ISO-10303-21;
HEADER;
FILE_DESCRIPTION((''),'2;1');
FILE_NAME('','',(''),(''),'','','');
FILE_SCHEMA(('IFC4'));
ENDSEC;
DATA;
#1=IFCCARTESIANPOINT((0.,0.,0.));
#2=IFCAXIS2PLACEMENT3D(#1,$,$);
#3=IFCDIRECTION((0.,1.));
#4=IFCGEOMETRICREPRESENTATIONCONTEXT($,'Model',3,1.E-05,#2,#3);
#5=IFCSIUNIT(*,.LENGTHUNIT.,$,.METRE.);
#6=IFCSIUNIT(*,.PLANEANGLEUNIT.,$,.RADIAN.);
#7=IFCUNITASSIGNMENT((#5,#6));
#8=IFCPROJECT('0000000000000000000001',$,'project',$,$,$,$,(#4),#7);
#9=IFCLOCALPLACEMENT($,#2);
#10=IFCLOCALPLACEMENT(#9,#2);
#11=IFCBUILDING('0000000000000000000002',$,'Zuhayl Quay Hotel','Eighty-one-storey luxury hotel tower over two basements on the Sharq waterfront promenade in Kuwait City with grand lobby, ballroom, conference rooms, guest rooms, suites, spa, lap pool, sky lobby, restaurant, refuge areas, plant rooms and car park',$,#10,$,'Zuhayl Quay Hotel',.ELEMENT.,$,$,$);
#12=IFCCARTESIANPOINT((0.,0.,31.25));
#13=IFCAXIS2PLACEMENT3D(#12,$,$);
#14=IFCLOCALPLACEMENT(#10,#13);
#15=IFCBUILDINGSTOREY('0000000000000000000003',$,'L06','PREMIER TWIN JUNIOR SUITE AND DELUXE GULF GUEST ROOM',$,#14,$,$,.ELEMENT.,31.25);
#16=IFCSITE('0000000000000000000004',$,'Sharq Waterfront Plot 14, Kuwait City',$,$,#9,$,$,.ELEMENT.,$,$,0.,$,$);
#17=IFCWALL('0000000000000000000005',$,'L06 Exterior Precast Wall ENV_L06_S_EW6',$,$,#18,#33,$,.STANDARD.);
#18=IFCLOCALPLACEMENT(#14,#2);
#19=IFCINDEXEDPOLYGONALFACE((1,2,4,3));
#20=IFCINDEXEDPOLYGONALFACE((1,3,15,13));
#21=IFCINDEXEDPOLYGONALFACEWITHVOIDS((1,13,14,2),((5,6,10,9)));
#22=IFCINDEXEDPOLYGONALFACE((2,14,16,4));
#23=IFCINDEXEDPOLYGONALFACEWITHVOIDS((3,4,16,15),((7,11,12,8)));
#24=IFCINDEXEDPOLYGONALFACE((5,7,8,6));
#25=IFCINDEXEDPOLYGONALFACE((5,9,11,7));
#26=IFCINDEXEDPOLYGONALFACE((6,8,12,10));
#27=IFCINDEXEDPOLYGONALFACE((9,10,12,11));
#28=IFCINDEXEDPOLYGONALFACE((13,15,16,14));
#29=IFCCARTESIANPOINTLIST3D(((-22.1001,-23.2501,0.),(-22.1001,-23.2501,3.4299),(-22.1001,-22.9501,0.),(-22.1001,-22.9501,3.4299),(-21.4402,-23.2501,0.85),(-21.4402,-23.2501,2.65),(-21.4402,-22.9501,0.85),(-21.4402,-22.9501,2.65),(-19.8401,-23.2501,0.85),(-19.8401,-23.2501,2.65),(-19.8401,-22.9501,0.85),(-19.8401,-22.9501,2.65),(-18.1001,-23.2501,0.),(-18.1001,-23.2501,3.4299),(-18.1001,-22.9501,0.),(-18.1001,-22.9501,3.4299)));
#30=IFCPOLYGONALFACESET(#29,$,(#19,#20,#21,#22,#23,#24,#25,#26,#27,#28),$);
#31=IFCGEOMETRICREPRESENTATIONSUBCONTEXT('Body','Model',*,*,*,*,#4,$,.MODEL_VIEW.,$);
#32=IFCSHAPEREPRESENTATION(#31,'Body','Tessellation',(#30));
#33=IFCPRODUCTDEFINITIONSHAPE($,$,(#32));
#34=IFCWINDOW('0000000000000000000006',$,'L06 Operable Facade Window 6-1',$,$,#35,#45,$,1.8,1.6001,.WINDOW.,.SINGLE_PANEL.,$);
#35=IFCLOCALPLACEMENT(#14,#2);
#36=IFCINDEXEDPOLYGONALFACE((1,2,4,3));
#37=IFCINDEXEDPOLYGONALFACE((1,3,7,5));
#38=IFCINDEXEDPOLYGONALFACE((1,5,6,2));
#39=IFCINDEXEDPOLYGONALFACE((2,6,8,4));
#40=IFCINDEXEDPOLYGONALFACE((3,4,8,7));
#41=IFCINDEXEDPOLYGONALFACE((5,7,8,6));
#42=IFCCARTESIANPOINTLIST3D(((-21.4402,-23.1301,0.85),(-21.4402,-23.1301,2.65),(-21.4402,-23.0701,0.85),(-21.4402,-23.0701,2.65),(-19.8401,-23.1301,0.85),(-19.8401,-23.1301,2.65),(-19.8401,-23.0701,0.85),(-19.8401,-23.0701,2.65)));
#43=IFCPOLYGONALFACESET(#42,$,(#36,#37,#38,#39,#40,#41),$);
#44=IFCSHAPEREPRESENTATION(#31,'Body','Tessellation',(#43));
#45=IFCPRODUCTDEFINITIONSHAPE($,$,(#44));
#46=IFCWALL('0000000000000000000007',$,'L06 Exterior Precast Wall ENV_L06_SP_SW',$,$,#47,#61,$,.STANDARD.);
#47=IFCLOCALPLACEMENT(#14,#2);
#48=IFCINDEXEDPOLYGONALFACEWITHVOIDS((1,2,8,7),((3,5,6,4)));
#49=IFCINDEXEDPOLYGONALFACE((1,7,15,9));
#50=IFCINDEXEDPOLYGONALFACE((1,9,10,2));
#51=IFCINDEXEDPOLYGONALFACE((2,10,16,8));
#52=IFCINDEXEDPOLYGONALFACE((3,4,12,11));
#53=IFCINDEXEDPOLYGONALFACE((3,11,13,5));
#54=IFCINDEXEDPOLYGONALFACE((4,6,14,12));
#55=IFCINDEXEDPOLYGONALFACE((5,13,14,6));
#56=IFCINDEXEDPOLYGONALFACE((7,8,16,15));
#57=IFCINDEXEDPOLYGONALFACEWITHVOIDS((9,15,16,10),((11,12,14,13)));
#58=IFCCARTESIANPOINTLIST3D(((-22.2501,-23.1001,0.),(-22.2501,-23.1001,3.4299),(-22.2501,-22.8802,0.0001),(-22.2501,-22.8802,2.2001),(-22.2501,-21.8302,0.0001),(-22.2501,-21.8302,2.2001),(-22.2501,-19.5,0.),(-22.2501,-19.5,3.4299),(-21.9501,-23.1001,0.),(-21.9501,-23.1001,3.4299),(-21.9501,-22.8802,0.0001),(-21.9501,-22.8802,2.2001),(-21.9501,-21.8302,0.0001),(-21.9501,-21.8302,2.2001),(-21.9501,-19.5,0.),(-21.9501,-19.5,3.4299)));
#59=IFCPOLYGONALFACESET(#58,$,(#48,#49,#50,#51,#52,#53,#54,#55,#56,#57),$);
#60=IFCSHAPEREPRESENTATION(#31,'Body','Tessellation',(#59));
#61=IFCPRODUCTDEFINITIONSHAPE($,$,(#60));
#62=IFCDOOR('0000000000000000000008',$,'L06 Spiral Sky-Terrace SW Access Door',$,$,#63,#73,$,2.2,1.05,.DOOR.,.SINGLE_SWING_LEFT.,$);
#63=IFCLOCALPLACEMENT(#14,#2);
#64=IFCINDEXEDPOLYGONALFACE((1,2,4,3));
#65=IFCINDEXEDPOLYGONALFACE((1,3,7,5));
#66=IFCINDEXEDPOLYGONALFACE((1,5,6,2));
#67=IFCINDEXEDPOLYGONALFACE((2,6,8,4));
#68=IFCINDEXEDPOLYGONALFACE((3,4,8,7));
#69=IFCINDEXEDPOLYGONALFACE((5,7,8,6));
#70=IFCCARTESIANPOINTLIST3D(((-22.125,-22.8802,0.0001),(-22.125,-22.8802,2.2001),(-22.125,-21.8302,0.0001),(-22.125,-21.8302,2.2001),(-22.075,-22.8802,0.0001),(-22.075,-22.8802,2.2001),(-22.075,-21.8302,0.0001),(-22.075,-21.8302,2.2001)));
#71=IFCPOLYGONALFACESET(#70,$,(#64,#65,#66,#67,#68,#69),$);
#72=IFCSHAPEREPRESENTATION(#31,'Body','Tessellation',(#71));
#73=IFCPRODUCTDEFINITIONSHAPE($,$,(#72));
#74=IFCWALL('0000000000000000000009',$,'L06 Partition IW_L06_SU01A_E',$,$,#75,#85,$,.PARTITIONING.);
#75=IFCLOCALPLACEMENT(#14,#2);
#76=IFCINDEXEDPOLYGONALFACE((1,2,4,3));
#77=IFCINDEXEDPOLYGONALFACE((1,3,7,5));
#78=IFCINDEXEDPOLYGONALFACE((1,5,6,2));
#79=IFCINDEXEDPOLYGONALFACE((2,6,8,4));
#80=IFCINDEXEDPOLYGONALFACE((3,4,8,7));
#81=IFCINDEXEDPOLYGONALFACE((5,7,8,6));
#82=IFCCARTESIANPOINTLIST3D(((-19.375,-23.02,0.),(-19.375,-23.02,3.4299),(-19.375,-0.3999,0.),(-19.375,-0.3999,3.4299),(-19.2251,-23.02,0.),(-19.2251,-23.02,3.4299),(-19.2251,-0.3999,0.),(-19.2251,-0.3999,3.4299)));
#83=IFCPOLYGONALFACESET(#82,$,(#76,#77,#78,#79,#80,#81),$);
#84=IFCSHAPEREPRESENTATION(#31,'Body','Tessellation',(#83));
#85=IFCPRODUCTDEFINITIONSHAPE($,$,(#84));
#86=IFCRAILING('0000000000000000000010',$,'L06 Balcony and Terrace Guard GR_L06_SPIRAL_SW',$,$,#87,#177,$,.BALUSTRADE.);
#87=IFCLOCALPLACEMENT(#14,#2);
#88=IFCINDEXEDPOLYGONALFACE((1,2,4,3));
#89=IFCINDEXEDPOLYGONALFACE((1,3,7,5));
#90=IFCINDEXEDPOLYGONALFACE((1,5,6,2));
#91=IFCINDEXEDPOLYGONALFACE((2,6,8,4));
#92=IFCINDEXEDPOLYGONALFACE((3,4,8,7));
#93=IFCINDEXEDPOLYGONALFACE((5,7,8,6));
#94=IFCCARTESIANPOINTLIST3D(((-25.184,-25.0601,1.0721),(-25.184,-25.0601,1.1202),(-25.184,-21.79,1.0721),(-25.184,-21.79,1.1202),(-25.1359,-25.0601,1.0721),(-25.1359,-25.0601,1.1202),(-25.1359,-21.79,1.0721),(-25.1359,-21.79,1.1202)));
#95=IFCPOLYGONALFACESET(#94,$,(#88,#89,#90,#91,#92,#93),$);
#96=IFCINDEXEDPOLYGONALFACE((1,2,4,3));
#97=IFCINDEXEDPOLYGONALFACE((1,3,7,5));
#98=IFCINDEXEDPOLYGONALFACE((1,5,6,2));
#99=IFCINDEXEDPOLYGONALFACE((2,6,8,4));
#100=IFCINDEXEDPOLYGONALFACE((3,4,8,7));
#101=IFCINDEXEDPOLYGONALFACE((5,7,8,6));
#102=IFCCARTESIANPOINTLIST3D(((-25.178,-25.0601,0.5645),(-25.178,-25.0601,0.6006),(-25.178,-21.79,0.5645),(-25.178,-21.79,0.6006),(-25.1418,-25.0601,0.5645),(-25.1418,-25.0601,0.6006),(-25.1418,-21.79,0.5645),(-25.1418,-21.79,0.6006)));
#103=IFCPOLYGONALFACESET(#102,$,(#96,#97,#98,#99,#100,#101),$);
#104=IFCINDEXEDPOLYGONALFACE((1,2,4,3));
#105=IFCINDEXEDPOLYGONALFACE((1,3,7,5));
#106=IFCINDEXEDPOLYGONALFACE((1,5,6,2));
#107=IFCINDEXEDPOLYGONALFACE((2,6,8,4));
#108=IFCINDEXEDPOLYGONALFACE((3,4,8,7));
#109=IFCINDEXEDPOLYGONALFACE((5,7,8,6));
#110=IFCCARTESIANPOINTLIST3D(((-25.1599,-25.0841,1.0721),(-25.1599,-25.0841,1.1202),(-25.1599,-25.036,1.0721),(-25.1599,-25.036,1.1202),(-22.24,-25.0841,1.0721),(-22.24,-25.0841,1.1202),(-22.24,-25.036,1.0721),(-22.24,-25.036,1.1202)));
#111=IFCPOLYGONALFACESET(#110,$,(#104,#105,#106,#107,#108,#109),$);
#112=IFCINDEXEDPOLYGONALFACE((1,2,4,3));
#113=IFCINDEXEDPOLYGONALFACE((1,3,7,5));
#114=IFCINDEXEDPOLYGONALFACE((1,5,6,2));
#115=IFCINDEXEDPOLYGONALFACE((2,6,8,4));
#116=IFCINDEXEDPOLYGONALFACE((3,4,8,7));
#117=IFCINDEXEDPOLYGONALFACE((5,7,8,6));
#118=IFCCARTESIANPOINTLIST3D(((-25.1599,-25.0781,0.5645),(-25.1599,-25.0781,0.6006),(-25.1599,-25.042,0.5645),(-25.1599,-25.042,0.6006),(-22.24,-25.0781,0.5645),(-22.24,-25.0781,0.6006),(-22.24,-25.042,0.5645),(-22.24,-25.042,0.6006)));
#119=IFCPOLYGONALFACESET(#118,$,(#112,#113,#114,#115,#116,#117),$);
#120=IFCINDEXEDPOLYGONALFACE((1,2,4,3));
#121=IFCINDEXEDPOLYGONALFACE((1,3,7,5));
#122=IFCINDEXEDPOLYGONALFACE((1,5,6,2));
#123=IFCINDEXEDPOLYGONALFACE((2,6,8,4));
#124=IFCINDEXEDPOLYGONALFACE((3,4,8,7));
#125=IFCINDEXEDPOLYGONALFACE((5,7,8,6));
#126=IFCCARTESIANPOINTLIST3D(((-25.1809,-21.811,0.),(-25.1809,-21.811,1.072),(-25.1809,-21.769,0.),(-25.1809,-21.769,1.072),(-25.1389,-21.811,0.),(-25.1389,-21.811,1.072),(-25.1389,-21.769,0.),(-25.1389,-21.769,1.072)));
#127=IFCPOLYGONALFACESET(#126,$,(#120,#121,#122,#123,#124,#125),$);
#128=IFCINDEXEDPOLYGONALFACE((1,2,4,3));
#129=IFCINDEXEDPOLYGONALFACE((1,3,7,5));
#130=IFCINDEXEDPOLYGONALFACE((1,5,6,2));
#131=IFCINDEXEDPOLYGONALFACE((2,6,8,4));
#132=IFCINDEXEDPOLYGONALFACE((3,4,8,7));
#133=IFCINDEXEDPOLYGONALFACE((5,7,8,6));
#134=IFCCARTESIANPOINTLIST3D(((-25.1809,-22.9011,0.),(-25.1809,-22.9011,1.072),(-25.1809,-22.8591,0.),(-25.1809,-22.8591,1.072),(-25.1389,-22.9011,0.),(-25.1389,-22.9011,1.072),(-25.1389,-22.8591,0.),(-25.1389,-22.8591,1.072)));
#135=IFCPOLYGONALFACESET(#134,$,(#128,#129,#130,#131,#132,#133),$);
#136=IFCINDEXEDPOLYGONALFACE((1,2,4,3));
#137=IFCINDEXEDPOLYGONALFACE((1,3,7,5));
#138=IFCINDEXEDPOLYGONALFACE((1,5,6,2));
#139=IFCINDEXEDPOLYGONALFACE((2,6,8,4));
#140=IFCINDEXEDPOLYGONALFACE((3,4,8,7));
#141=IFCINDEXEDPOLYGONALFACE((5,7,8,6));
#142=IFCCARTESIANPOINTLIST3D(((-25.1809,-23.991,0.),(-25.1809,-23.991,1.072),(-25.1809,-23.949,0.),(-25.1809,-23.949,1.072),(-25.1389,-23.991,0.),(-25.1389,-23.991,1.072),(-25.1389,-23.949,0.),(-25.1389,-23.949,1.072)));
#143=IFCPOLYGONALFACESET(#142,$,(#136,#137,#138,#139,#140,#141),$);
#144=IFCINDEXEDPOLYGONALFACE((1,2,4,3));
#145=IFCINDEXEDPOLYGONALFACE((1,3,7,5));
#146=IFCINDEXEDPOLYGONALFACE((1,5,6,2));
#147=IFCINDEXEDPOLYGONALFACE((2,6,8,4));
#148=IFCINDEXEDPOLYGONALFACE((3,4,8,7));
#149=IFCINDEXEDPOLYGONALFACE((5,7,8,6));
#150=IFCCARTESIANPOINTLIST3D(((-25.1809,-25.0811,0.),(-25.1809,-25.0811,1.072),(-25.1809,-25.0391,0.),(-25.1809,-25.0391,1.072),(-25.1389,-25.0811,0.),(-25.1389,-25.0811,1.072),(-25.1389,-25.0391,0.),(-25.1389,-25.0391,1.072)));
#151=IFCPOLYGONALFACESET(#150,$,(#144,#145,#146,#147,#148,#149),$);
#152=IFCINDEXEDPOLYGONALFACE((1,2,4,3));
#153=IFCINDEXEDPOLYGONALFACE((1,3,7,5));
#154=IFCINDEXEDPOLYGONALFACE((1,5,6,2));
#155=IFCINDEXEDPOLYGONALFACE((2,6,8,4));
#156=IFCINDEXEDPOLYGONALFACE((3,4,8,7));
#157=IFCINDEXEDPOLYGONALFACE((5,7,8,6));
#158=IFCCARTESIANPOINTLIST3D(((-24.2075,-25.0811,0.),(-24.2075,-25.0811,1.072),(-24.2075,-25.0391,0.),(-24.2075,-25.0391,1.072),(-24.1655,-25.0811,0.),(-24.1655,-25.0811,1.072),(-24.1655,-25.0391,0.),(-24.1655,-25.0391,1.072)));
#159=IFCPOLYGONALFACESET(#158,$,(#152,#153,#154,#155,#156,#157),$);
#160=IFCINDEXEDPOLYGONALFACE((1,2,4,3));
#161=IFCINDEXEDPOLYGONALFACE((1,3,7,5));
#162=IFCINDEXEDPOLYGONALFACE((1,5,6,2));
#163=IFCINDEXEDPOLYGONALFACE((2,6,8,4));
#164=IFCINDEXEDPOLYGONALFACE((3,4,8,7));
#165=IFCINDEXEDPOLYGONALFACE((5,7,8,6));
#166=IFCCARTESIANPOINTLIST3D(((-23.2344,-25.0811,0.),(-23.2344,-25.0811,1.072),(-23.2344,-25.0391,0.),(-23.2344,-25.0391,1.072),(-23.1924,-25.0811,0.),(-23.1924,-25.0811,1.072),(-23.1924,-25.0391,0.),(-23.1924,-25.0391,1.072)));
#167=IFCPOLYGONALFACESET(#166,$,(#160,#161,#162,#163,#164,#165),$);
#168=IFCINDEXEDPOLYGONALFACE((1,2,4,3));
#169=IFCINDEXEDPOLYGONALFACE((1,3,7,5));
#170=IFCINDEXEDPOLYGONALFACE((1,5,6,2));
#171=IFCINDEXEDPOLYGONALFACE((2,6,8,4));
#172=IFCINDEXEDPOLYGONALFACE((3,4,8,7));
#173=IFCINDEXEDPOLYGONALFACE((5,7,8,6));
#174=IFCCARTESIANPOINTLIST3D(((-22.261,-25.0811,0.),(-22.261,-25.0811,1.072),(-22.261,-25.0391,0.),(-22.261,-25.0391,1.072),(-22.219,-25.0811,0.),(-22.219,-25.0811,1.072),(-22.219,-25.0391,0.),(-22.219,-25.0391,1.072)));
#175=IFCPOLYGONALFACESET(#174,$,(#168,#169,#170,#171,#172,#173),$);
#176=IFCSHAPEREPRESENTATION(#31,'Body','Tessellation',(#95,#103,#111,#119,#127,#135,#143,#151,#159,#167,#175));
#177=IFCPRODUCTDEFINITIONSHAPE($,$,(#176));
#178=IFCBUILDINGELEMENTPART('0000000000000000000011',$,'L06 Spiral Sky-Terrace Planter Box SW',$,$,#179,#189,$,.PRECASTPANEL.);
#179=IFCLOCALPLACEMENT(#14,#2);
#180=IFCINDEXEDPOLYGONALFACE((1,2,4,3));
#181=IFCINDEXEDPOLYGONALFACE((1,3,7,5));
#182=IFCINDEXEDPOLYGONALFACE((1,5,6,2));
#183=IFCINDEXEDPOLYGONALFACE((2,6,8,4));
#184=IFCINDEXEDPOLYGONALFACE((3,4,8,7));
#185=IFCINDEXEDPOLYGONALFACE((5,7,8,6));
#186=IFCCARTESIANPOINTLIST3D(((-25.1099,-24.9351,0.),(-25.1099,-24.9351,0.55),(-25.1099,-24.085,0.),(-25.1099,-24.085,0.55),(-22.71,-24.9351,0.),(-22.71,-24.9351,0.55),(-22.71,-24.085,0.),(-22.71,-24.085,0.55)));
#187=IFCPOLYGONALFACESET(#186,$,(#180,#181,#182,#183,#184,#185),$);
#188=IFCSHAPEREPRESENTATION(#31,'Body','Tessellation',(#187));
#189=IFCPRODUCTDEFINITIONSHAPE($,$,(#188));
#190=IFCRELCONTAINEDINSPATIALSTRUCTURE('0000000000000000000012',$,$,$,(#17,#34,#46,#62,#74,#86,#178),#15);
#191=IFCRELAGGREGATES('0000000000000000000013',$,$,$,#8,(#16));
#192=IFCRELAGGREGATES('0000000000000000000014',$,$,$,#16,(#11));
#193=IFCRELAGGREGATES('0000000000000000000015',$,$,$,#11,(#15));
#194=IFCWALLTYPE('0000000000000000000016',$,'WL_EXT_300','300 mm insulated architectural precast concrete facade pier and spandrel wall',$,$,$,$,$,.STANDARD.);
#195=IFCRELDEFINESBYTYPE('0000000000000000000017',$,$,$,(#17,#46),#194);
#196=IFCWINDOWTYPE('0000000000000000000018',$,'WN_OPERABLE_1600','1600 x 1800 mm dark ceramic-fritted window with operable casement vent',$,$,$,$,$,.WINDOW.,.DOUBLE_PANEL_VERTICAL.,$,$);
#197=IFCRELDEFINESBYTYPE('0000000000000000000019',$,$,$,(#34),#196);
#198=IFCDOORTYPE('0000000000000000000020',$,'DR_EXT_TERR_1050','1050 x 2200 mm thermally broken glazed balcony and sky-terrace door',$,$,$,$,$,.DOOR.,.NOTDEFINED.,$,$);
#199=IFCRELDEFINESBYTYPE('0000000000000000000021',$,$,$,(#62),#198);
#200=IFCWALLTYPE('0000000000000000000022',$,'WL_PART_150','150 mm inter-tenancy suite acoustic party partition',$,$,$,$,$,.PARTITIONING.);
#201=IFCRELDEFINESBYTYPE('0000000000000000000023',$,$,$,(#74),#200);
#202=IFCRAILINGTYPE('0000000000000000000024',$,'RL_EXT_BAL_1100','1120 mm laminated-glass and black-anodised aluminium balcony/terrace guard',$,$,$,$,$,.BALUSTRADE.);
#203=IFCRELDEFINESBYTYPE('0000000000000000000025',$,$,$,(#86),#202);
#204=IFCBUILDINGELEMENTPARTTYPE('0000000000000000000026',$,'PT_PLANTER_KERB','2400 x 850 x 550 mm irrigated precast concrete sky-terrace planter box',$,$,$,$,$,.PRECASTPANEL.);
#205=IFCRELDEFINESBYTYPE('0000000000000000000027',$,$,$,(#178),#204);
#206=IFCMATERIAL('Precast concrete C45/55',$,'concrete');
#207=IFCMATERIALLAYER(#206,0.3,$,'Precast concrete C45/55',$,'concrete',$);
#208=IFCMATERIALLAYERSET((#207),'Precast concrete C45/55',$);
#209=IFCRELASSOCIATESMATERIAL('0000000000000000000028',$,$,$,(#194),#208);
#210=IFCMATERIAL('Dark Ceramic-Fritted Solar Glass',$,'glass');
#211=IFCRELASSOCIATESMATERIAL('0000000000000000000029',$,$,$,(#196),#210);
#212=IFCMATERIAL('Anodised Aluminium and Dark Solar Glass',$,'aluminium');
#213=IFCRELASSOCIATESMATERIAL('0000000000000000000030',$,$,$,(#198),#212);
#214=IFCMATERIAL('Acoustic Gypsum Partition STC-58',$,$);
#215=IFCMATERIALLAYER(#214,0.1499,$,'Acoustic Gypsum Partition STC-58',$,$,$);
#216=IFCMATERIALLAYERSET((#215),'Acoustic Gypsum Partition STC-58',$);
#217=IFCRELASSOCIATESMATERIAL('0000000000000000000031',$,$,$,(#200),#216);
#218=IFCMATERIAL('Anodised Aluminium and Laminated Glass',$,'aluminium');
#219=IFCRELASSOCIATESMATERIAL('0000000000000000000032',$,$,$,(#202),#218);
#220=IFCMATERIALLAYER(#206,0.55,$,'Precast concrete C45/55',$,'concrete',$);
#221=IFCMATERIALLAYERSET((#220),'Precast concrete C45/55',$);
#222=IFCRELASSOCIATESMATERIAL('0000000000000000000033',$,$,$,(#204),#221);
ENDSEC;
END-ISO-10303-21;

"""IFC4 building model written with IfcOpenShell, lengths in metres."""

from ifc_helpers import new_model, si_unit, direction, frame, frame_2d, origin, origin_2d, place, context, subcontext, project, spatial, rectangle, extrude, material, layer, layer_set, type_object, element, fill, save


model = new_model("IFC4")

# Units and contexts
model_context = context("Model", 3, precision=1e-05, world=origin(), true_north=direction((0.0, 1.0)))
body_context = subcontext(model_context, "Body", "Model", "MODEL_VIEW")
ifc_project = project(units=[si_unit("LENGTHUNIT", "METRE"), si_unit("PLANEANGLEUNIT", "RADIAN")], contexts=[model_context])

# Site, building, storey
site_placement = place(None, origin())
site = spatial("IfcSite", under=ifc_project, at=site_placement, Name="Sharq Waterfront Plot 14, Kuwait City", CompositionType="ELEMENT", RefElevation=0.0)
building_placement = place(site_placement, origin())
building = spatial("IfcBuilding", under=site, at=building_placement, Name="Zuhayl Quay Hotel", Description="Eighty-one-storey luxury hotel tower over two basements on the Sharq waterfront promenade in Kuwait City with grand lobby, ballroom, conference rooms, guest rooms, suites, spa, lap pool, sky lobby, restaurant, refuge areas, plant rooms and car park", LongName="Zuhayl Quay Hotel", CompositionType="ELEMENT")
storey_placement = place(building_placement, frame((0.0, 0.0, 31.25)))
storey = spatial("IfcBuildingStorey", under=building, at=storey_placement, Name="L06", Description="PREMIER TWIN JUNIOR SUITE AND DELUXE GULF GUEST ROOM", CompositionType="ELEMENT", Elevation=31.25)

# Shared definitions
ifc_material_1 = material(Name="Dark Ceramic-Fritted Solar Glass", Category="glass")

# Shared definitions
ifc_material_2 = material(Name="Precast concrete C45/55", Category="concrete")
ifc_layer_1 = layer(ifc_material_2, 0.3, Name="Precast concrete C45/55", Category="concrete")
ifc_layer_set_1 = layer_set([ifc_layer_1], Name="Precast concrete C45/55")
wall_type_1 = type_object("IfcWallType", Name="WL_EXT_300", Description="300 mm insulated architectural precast concrete facade pier and spandrel wall", PredefinedType="STANDARD", material=ifc_layer_set_1)

# Wall, opening, window
wall_1_placement = place(storey_placement, frame((-18.1001, -23.1001, 0.0), z_axis=(0.0, 0.0, 1.0), x_axis=(-1.0, 0.0, 0.0)))
wall_1 = element("IfcWall", 1, at=wall_1_placement, inside=storey, type_object=wall_type_1, Name="L06 Exterior Precast Wall ENV_L06_S_EW6", PredefinedType="STANDARD", context=body_context, shape_type="SweptSolid", body=[
    extrude(rectangle(XDim=4.0, YDim=0.3, at=frame_2d((2.0, 0.0))), origin(), (0.0, 0.0, 1.0), 3.4299),
])
opening_1_placement = place(wall_1_placement, frame((1.74, 0.0, 0.8501)))
opening_1 = element("IfcOpeningElement", 2, at=opening_1_placement, cuts=wall_1, PredefinedType="OPENING", context=body_context, shape_type="SweptSolid", body=[
    extrude(rectangle(XDim=1.6001, YDim=1.8, at=frame_2d((0.8, 0.8999))), frame((0.0, 0.1599, 0.0), z_axis=(0.0, -1.0, 0.0), x_axis=(1.0, 0.0, 0.0)), (0.0, 0.0, 1.0), 0.3201),
])
window_type_1 = type_object("IfcWindowType", Name="WN_OPERABLE_1600", Description="1600 x 1800 mm dark ceramic-fritted window with operable casement vent", PartitioningType="DOUBLE_PANEL_VERTICAL", PredefinedType="WINDOW", material=ifc_material_1)
window_1_placement = place(opening_1_placement, origin())
window_1 = element("IfcWindow", 3, at=window_1_placement, inside=storey, type_object=window_type_1, Name="L06 Operable Facade Window 6-1", OverallHeight=1.8, OverallWidth=1.6001, PartitioningType="SINGLE_PANEL", PredefinedType="WINDOW", context=body_context, shape_type="SweptSolid", body=[
    extrude(rectangle(XDim=1.6001, YDim=1.8, at=frame_2d((0.8, 0.8999))), frame((0.0, 0.03, 0.0), z_axis=(0.0, -1.0, 0.0), x_axis=(1.0, 0.0, 0.0)), (0.0, 0.0, 1.0), 0.0601),
])
fill(opening_1, window_1)

# Wall, opening, door
wall_2_placement = place(storey_placement, frame((-22.1001, -23.1001, 0.0), z_axis=(0.0, 0.0, 1.0), x_axis=(0.0, 1.0, 0.0)))
wall_2 = element("IfcWall", 4, at=wall_2_placement, inside=storey, type_object=wall_type_1, Name="L06 Exterior Precast Wall ENV_L06_SP_SW", PredefinedType="STANDARD", context=body_context, shape_type="SweptSolid", body=[
    extrude(rectangle(XDim=3.6001, YDim=0.3, at=frame_2d((1.8, 0.0))), origin(), (0.0, 0.0, 1.0), 3.4299),
])
opening_2_placement = place(wall_2_placement, frame((0.22, 0.0, 0.0)))
opening_2 = element("IfcOpeningElement", 5, at=opening_2_placement, cuts=wall_2, PredefinedType="OPENING", context=body_context, shape_type="SweptSolid", body=[
    extrude(rectangle(XDim=1.05, YDim=2.2, at=frame_2d((0.5249, 1.1001))), frame((0.0, 0.1599, 0.0), z_axis=(0.0, -1.0, 0.0), x_axis=(1.0, 0.0, 0.0)), (0.0, 0.0, 1.0), 0.3201),
])
ifc_material_3 = material(Name="Anodised Aluminium and Dark Solar Glass", Category="aluminium")
door_type = type_object("IfcDoorType", Name="DR_EXT_TERR_1050", Description="1050 x 2200 mm thermally broken glazed balcony and sky-terrace door", OperationType="NOTDEFINED", PredefinedType="DOOR", material=ifc_material_3)
door_placement = place(opening_2_placement, origin())
door = element("IfcDoor", 6, at=door_placement, inside=storey, type_object=door_type, Name="L06 Spiral Sky-Terrace SW Access Door", OperationType="SINGLE_SWING_LEFT", OverallHeight=2.2, OverallWidth=1.05, PredefinedType="DOOR", context=body_context, shape_type="SweptSolid", body=[
    extrude(rectangle(XDim=1.05, YDim=2.2, at=frame_2d((0.5249, 1.1001))), frame((0.0, 0.0249, 0.0), z_axis=(0.0, -1.0, 0.0), x_axis=(1.0, 0.0, 0.0)), (0.0, 0.0, 1.0), 0.05),
])
fill(opening_2, door)

# Wall
ifc_material_4 = material(Name="Acoustic Gypsum Partition STC-58")
ifc_layer_2 = layer(ifc_material_4, 0.1499, Name="Acoustic Gypsum Partition STC-58")
ifc_layer_set_2 = layer_set([ifc_layer_2], Name="Acoustic Gypsum Partition STC-58")
wall_type_2 = type_object("IfcWallType", Name="WL_PART_150", Description="150 mm inter-tenancy suite acoustic party partition", PredefinedType="PARTITIONING", material=ifc_layer_set_2)
wall_3_placement = place(storey_placement, frame((-19.3, -23.02, 0.0), z_axis=(0.0, 0.0, 1.0), x_axis=(0.0, 1.0, 0.0)))
element("IfcWall", 7, at=wall_3_placement, inside=storey, type_object=wall_type_2, Name="L06 Partition IW_L06_SU01A_E", PredefinedType="PARTITIONING", context=body_context, shape_type="SweptSolid", body=[
    extrude(rectangle(XDim=22.6201, YDim=0.1499, at=frame_2d((11.3101, 0.0))), origin(), (0.0, 0.0, 1.0), 3.4299),
])

# Railing
ifc_material_5 = material(Name="Anodised Aluminium and Laminated Glass", Category="aluminium")
railing_type = type_object("IfcRailingType", Name="RL_EXT_BAL_1100", Description="1120 mm laminated-glass and black-anodised aluminium balcony/terrace guard", PredefinedType="BALUSTRADE", material=ifc_material_5)
railing_1_placement = place(storey_placement, frame((-25.1599, -21.79, 0.0)))
element("IfcRailing", 8, at=railing_1_placement, inside=storey, type_object=railing_type, Name="L06 Balcony and Terrace Guard GR_L06_SPIRAL_SW", PredefinedType="BALUSTRADE", context=body_context, shape_type="SweptSolid", body=[
    extrude(rectangle(XDim=0.0481, YDim=0.0481, at=origin_2d()), frame((0.0, 0.0, 1.0962), z_axis=(0.0, -1.0, 0.0), x_axis=(1.0, 0.0, 0.0)), (0.0, 0.0, 1.0), 3.27),
    extrude(rectangle(XDim=0.0361, YDim=0.0361, at=origin_2d()), frame((0.0, 0.0, 0.5825), z_axis=(0.0, -1.0, 0.0), x_axis=(1.0, 0.0, 0.0)), (0.0, 0.0, 1.0), 3.27),
    extrude(rectangle(XDim=0.0481, YDim=0.0481, at=origin_2d()), frame((0.0, -3.27, 1.0962), z_axis=(1.0, 0.0, 0.0), x_axis=(0.0, 1.0, 0.0)), (0.0, 0.0, 1.0), 2.9199),
    extrude(rectangle(XDim=0.0361, YDim=0.0361, at=origin_2d()), frame((0.0, -3.27, 0.5825), z_axis=(1.0, 0.0, 0.0), x_axis=(0.0, 1.0, 0.0)), (0.0, 0.0, 1.0), 2.9199),
    extrude(rectangle(XDim=0.042, YDim=0.042, at=origin_2d()), origin(), (0.0, 0.0, 1.0), 1.072),
    extrude(rectangle(XDim=0.042, YDim=0.042, at=origin_2d()), frame((0.0, -1.0901, 0.0)), (0.0, 0.0, 1.0), 1.072),
    extrude(rectangle(XDim=0.042, YDim=0.042, at=origin_2d()), frame((0.0, -2.1799, 0.0)), (0.0, 0.0, 1.0), 1.072),
    extrude(rectangle(XDim=0.042, YDim=0.042, at=origin_2d()), frame((0.0, -3.27, 0.0)), (0.0, 0.0, 1.0), 1.072),
    extrude(rectangle(XDim=0.042, YDim=0.042, at=origin_2d()), frame((0.9734, -3.27, 0.0)), (0.0, 0.0, 1.0), 1.072),
    extrude(rectangle(XDim=0.042, YDim=0.042, at=origin_2d()), frame((1.9465, -3.27, 0.0)), (0.0, 0.0, 1.0), 1.072),
    extrude(rectangle(XDim=0.042, YDim=0.042, at=origin_2d()), frame((2.9199, -3.27, 0.0)), (0.0, 0.0, 1.0), 1.072),
])

# Building element part
ifc_layer_3 = layer(ifc_material_2, 0.55, Name="Precast concrete C45/55", Category="concrete")
ifc_layer_set_3 = layer_set([ifc_layer_3], Name="Precast concrete C45/55")
building_element_part_type = type_object("IfcBuildingElementPartType", Name="PT_PLANTER_KERB", Description="2400 x 850 x 550 mm irrigated precast concrete sky-terrace planter box", PredefinedType="PRECASTPANEL", material=ifc_layer_set_3)
building_element_part_placement = place(storey_placement, frame((-23.9099, -24.51, 0.0), z_axis=(0.0, 0.0, 1.0), x_axis=(1.0, 0.0, 0.0)))
element("IfcBuildingElementPart", 9, at=building_element_part_placement, inside=storey, type_object=building_element_part_type, Name="L06 Spiral Sky-Terrace Planter Box SW", PredefinedType="PRECASTPANEL", context=body_context, shape_type="SweptSolid", body=[
    extrude(rectangle(XDim=2.3999, YDim=0.8501, at=origin_2d()), origin(), (0.0, 0.0, 1.0), 0.55),
])

save(model, "model.ifc")
